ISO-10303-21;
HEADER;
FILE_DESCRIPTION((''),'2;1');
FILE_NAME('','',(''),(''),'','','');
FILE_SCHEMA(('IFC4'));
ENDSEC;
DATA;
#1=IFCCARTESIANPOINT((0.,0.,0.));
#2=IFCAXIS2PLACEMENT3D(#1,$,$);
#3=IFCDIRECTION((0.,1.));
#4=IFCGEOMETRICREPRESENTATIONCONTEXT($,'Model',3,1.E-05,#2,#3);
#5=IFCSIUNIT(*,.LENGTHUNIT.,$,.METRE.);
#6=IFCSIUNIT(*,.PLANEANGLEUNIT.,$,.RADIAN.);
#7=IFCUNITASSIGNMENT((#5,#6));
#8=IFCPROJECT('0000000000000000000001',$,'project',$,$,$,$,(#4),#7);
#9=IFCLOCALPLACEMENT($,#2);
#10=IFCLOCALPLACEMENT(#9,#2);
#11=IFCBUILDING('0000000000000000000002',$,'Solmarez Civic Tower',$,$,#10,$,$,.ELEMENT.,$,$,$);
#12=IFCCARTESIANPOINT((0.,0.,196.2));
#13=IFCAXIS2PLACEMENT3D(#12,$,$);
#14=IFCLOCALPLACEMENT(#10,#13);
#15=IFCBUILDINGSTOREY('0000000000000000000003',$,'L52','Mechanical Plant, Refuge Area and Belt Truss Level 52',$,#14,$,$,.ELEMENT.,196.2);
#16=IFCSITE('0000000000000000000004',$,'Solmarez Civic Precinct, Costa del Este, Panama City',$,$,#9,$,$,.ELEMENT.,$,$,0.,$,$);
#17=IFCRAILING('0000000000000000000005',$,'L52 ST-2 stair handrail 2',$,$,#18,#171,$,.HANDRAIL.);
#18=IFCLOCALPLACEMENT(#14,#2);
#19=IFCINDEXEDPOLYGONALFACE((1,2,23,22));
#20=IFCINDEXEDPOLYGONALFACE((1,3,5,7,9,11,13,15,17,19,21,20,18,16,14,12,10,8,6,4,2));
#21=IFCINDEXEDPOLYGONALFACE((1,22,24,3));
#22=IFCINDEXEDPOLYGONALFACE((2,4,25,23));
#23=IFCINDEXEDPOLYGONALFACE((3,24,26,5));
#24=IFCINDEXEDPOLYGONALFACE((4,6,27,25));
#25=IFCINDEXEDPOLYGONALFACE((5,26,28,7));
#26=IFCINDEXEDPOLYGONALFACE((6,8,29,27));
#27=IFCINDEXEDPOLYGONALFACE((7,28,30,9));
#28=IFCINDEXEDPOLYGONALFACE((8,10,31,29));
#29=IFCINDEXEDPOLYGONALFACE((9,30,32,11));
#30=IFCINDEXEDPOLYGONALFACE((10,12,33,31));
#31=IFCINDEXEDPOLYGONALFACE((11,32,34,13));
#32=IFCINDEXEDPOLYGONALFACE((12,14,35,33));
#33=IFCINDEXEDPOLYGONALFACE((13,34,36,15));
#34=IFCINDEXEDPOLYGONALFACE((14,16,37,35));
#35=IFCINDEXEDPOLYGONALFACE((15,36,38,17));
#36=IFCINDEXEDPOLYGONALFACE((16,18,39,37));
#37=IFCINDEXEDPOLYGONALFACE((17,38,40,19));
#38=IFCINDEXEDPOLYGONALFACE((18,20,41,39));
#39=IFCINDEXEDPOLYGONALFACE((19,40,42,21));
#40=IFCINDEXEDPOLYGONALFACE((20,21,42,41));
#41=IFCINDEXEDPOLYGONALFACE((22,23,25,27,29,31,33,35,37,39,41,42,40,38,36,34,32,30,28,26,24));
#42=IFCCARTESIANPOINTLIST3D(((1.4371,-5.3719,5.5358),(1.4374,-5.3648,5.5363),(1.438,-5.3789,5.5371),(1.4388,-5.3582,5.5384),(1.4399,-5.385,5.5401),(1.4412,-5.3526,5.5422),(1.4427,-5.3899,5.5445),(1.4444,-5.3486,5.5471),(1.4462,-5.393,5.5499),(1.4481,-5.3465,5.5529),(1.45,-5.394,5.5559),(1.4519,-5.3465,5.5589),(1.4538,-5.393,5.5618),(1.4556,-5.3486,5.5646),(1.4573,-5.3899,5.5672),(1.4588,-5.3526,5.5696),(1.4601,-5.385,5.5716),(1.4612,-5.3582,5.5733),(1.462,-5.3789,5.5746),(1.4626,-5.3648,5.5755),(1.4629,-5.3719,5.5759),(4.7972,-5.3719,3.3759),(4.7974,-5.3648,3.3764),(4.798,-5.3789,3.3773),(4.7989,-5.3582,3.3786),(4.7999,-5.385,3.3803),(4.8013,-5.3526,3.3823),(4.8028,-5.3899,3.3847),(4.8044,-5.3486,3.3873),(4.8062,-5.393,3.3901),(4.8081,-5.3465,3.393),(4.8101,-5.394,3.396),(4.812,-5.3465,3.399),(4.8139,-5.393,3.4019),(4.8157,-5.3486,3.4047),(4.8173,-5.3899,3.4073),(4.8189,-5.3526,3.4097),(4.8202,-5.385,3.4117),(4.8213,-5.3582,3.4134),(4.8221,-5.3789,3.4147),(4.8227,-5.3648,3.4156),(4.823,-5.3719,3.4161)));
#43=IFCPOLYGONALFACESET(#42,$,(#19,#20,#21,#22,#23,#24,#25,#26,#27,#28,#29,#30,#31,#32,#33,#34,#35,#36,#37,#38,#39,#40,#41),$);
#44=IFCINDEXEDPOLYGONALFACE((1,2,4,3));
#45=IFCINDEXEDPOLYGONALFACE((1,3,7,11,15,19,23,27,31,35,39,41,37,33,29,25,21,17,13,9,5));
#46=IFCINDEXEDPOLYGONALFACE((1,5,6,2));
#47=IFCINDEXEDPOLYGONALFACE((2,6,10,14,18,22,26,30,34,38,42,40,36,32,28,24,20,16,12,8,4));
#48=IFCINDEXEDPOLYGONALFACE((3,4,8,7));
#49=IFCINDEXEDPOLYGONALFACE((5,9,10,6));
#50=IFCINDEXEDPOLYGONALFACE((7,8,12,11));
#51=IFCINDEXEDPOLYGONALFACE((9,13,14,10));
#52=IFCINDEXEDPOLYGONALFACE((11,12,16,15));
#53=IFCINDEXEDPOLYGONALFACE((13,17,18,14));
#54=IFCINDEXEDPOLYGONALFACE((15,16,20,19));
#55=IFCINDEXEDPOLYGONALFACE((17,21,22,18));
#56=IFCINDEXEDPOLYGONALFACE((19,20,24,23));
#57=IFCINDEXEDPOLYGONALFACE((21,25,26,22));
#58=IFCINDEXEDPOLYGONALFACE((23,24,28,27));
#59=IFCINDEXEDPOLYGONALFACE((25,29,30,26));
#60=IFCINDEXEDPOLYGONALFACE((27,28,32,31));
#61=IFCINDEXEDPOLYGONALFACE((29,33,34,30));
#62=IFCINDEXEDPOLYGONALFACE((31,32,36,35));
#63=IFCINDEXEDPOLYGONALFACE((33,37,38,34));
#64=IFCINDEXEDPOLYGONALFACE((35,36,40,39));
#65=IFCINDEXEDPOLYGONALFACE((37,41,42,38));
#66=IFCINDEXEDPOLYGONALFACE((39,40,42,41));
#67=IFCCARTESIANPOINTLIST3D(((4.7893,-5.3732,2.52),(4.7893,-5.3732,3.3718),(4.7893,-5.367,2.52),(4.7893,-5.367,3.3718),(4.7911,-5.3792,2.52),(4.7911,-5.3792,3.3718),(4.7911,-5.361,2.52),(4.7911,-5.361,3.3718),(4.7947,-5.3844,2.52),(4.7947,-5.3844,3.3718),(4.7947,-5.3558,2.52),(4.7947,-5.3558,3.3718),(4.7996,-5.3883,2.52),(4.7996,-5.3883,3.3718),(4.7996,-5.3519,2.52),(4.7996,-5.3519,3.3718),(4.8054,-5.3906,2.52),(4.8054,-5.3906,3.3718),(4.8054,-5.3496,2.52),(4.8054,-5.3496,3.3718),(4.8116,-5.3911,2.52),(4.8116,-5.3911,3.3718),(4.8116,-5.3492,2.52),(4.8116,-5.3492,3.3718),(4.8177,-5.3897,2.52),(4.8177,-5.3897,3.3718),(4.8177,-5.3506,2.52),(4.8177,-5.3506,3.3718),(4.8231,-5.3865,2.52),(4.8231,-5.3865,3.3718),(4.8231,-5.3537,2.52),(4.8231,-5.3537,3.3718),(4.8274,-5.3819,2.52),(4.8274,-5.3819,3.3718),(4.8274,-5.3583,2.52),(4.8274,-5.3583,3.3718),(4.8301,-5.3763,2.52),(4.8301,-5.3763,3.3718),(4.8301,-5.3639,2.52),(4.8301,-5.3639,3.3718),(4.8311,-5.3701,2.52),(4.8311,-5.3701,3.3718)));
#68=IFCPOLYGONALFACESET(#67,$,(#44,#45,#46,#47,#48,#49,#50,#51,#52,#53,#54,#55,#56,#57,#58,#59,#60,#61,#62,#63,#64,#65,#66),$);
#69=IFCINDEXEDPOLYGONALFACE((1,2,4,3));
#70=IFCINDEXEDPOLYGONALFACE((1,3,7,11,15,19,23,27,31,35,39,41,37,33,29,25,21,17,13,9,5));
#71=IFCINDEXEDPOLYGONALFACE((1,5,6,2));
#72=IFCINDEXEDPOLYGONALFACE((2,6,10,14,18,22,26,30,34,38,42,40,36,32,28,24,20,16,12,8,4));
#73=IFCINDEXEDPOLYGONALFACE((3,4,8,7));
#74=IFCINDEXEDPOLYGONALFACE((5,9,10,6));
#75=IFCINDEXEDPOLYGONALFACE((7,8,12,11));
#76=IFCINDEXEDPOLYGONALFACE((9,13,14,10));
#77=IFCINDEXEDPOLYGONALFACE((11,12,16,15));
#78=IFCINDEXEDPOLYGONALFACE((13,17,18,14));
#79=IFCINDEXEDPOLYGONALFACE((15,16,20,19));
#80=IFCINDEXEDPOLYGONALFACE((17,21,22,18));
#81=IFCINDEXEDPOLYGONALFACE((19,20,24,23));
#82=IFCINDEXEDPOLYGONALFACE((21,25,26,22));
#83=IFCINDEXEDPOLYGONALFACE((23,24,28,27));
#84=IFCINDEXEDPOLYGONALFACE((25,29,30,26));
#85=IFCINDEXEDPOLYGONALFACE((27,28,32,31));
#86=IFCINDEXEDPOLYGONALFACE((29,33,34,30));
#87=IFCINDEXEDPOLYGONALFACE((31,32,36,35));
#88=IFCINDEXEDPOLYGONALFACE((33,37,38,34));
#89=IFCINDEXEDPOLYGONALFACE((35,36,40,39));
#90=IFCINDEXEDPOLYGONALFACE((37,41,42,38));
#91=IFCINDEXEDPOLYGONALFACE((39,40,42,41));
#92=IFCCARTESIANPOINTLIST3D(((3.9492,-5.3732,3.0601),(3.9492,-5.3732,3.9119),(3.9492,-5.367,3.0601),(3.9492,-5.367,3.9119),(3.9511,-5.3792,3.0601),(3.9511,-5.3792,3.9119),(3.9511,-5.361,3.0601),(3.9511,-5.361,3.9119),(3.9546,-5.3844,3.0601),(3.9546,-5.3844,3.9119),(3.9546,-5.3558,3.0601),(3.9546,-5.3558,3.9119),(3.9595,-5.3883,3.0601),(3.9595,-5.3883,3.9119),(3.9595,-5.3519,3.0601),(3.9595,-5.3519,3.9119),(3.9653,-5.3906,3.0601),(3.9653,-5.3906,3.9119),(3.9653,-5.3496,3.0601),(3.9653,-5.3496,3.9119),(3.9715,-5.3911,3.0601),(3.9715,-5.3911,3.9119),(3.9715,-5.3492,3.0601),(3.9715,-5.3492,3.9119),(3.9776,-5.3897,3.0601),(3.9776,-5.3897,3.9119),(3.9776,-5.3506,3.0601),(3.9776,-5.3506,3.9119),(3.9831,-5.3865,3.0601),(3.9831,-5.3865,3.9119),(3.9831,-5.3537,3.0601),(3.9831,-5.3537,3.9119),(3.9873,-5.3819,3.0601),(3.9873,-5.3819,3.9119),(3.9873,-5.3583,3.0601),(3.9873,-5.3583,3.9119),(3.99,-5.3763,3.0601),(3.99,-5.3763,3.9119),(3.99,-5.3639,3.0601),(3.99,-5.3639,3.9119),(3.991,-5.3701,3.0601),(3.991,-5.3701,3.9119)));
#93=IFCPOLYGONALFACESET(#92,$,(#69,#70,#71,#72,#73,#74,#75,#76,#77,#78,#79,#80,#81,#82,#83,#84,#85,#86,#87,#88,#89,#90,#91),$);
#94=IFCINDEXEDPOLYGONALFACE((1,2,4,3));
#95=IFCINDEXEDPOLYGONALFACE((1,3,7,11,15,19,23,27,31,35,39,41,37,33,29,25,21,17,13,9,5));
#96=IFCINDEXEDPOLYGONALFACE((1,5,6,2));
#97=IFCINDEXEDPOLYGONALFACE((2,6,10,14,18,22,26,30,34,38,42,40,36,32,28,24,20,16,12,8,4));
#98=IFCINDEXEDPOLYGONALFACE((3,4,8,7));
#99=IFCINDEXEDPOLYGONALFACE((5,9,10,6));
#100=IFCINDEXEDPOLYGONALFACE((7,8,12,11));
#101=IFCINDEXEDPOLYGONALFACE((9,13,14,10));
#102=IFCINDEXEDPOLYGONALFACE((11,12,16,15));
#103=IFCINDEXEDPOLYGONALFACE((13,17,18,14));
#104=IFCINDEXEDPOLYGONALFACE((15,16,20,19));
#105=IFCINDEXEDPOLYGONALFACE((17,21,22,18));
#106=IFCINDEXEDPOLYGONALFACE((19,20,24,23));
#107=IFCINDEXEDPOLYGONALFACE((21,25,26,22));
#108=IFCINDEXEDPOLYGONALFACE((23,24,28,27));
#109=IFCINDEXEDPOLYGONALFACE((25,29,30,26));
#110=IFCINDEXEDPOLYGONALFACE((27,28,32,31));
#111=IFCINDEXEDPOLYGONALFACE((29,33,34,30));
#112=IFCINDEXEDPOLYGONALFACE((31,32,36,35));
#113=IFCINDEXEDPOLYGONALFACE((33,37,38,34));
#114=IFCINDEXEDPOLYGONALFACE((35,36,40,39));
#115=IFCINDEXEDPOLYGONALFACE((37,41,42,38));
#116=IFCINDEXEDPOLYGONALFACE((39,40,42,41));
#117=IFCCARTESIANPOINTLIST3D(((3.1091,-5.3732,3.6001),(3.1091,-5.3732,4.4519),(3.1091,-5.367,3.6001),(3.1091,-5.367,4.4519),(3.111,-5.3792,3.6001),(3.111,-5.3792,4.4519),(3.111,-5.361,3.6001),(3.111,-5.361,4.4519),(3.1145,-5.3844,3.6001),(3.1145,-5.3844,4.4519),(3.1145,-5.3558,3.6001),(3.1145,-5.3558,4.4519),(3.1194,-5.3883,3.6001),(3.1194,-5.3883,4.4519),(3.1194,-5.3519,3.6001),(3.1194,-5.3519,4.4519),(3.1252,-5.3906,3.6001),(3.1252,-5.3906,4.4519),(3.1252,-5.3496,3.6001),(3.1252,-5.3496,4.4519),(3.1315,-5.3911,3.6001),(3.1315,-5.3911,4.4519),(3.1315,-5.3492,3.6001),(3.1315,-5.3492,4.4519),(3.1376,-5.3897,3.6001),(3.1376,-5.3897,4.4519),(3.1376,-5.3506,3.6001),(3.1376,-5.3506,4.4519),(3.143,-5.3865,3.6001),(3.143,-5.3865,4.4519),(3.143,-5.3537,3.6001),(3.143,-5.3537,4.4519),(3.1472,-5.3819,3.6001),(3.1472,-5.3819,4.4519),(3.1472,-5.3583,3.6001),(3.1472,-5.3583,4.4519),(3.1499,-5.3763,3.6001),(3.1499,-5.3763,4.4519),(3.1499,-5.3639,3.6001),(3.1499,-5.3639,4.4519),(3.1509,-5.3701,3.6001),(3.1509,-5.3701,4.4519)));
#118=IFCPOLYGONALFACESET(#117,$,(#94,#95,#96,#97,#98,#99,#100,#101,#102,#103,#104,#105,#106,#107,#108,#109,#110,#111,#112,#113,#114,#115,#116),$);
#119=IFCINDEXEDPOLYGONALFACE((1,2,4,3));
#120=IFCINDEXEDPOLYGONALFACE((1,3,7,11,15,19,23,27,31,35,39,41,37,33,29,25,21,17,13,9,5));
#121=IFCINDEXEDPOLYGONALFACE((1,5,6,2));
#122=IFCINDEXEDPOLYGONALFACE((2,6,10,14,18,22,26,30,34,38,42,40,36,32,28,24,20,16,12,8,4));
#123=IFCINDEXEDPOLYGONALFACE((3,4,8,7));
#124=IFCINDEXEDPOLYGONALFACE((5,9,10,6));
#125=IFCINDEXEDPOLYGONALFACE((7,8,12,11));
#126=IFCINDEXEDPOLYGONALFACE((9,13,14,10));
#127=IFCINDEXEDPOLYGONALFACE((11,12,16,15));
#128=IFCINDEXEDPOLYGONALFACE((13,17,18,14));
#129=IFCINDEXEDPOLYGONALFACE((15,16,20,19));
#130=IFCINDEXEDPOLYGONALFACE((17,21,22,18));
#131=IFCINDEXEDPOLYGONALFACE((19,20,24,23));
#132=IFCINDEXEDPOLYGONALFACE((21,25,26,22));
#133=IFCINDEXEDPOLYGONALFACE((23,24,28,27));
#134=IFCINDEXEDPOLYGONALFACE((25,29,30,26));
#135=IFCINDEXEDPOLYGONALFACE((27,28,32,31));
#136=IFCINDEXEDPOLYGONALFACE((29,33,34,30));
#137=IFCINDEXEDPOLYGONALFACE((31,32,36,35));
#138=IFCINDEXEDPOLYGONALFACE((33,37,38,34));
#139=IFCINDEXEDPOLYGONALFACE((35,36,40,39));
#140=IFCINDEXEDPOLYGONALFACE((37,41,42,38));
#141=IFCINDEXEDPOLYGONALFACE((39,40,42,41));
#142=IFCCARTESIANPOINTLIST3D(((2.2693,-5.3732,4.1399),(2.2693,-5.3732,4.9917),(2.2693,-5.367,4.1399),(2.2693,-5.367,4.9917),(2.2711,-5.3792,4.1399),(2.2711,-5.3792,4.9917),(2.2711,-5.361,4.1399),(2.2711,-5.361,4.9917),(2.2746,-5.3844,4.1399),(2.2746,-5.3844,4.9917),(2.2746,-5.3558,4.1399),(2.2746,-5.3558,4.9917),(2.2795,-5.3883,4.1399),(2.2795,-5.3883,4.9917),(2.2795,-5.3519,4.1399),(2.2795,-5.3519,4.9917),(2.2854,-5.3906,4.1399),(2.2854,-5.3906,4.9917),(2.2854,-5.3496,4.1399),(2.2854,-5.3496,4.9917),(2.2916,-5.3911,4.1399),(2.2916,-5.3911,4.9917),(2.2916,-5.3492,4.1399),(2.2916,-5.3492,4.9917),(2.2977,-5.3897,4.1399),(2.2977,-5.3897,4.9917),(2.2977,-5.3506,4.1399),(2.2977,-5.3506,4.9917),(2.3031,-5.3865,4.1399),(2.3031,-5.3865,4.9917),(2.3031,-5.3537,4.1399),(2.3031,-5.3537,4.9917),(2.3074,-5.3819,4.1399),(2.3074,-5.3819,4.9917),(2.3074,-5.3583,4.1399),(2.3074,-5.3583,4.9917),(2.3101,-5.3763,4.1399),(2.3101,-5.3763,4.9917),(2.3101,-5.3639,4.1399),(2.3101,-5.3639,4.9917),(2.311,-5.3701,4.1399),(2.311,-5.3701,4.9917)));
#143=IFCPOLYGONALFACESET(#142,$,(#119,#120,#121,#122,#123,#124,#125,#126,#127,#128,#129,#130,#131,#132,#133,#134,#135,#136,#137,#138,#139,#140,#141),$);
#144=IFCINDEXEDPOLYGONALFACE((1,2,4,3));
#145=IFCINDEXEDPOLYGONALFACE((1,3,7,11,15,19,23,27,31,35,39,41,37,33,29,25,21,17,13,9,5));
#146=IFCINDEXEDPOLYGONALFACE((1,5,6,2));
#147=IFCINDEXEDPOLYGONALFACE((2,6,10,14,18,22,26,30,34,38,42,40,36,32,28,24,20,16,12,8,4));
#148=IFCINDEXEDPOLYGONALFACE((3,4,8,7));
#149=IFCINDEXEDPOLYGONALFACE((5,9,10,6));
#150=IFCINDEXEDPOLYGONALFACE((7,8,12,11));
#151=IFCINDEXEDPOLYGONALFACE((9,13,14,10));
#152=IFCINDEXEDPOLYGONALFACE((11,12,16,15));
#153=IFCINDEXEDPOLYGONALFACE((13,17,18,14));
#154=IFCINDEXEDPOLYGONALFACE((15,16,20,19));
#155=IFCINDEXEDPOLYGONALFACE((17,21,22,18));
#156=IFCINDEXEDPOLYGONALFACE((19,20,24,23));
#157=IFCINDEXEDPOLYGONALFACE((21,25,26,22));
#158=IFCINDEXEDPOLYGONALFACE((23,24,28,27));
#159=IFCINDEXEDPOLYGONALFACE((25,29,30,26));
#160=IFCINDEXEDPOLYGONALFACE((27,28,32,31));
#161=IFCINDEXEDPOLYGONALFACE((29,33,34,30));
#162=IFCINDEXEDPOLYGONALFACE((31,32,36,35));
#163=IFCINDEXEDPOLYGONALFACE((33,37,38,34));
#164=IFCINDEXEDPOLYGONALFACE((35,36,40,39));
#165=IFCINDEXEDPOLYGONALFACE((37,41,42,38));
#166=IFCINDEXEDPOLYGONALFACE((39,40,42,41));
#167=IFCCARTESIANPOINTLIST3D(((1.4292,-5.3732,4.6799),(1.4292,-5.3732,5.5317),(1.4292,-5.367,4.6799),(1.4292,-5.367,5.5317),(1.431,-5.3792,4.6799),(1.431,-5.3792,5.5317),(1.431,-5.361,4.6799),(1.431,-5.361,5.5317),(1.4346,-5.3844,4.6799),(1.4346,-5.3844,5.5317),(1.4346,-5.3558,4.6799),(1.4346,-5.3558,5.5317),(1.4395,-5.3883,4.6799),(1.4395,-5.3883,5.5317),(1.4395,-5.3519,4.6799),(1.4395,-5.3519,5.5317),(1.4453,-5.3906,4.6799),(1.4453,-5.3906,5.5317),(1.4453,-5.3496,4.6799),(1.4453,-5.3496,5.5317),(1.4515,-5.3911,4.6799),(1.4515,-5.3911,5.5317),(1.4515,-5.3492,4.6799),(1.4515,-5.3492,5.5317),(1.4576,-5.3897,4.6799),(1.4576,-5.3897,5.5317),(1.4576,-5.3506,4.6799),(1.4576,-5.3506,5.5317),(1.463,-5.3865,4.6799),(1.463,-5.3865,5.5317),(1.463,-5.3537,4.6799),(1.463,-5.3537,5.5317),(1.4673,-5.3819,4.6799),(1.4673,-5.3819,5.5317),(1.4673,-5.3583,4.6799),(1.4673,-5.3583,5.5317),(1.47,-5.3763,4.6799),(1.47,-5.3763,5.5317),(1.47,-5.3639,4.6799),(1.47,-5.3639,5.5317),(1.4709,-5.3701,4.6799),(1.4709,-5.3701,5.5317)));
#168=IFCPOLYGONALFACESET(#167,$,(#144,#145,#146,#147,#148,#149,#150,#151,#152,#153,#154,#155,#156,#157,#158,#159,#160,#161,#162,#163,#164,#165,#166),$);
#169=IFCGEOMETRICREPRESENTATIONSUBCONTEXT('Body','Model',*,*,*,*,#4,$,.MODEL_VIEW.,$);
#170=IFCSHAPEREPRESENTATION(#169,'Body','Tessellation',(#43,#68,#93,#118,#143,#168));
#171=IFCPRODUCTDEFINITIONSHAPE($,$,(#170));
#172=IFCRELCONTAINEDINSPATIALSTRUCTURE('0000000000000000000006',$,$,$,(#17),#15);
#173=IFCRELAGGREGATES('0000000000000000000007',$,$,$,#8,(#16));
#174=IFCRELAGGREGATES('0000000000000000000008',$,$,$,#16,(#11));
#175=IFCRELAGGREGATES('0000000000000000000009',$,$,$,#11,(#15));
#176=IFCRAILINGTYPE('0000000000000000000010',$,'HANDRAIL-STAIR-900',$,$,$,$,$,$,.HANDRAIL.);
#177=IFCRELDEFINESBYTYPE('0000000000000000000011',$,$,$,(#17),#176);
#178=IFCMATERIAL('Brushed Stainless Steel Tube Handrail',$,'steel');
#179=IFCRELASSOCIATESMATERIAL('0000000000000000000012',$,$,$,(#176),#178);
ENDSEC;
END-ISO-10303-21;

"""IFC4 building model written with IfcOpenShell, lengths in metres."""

from ifc_helpers import new_model, si_unit, direction, frame, origin, origin_2d, place, context, subcontext, project, spatial, circle, extrude, material, type_object, element, save


model = new_model("IFC4")

# Units and contexts
model_context = context("Model", 3, precision=1e-05, world=origin(), true_north=direction((0.0, 1.0)))
body_context = subcontext(model_context, "Body", "Model", "MODEL_VIEW")
ifc_project = project(units=[si_unit("LENGTHUNIT", "METRE"), si_unit("PLANEANGLEUNIT", "RADIAN")], contexts=[model_context])

# Site, building, storey
site_placement = place(None, origin())
site = spatial("IfcSite", under=ifc_project, at=site_placement, Name="Solmarez Civic Precinct, Costa del Este, Panama City", CompositionType="ELEMENT", RefElevation=0.0)
building_placement = place(site_placement, origin())
building = spatial("IfcBuilding", under=site, at=building_placement, Name="Solmarez Civic Tower", CompositionType="ELEMENT")
storey_placement = place(building_placement, frame((0.0, 0.0, 196.2)))
storey = spatial("IfcBuildingStorey", under=building, at=storey_placement, Name="L52", Description="Mechanical Plant, Refuge Area and Belt Truss Level 52", CompositionType="ELEMENT", Elevation=196.2)

# Railing
ifc_material_1 = material(Name="Brushed Stainless Steel Tube Handrail", Category="steel")
railing_type_1 = type_object("IfcRailingType", Name="HANDRAIL-STAIR-900", PredefinedType="HANDRAIL", material=ifc_material_1)
railing_1_placement = place(storey_placement, frame((4.8101, -5.3701, 2.52)))
element("IfcRailing", 1, at=railing_1_placement, inside=storey, type_object=railing_type_1, Name="L52 ST-2 stair handrail 2", PredefinedType="HANDRAIL", context=body_context, shape_type="SweptSolid", body=[
    extrude(circle(Radius=0.0239, at=origin_2d()), frame((0.0, 0.0, 0.876), z_axis=(-0.841196, 0.0, 0.54073), x_axis=(0.0, -1.0, 0.0)), (0.0, 0.0, 1.0), 3.9944),
    extrude(circle(Radius=0.021, at=origin_2d()), origin(), (0.0, 0.0, 1.0), 0.8518),
    extrude(circle(Radius=0.021, at=origin_2d()), frame((-0.8401, 0.0, 0.54)), (0.0, 0.0, 1.0), 0.8518),
    extrude(circle(Radius=0.021, at=origin_2d()), frame((-1.6802, 0.0, 1.0801)), (0.0, 0.0, 1.0), 0.8518),
    extrude(circle(Radius=0.021, at=origin_2d()), frame((-2.52, 0.0, 1.6199)), (0.0, 0.0, 1.0), 0.8518),
    extrude(circle(Radius=0.021, at=origin_2d()), frame((-3.3601, 0.0, 2.1599)), (0.0, 0.0, 1.0), 0.8518),
])

save(model, "model.ifc")
